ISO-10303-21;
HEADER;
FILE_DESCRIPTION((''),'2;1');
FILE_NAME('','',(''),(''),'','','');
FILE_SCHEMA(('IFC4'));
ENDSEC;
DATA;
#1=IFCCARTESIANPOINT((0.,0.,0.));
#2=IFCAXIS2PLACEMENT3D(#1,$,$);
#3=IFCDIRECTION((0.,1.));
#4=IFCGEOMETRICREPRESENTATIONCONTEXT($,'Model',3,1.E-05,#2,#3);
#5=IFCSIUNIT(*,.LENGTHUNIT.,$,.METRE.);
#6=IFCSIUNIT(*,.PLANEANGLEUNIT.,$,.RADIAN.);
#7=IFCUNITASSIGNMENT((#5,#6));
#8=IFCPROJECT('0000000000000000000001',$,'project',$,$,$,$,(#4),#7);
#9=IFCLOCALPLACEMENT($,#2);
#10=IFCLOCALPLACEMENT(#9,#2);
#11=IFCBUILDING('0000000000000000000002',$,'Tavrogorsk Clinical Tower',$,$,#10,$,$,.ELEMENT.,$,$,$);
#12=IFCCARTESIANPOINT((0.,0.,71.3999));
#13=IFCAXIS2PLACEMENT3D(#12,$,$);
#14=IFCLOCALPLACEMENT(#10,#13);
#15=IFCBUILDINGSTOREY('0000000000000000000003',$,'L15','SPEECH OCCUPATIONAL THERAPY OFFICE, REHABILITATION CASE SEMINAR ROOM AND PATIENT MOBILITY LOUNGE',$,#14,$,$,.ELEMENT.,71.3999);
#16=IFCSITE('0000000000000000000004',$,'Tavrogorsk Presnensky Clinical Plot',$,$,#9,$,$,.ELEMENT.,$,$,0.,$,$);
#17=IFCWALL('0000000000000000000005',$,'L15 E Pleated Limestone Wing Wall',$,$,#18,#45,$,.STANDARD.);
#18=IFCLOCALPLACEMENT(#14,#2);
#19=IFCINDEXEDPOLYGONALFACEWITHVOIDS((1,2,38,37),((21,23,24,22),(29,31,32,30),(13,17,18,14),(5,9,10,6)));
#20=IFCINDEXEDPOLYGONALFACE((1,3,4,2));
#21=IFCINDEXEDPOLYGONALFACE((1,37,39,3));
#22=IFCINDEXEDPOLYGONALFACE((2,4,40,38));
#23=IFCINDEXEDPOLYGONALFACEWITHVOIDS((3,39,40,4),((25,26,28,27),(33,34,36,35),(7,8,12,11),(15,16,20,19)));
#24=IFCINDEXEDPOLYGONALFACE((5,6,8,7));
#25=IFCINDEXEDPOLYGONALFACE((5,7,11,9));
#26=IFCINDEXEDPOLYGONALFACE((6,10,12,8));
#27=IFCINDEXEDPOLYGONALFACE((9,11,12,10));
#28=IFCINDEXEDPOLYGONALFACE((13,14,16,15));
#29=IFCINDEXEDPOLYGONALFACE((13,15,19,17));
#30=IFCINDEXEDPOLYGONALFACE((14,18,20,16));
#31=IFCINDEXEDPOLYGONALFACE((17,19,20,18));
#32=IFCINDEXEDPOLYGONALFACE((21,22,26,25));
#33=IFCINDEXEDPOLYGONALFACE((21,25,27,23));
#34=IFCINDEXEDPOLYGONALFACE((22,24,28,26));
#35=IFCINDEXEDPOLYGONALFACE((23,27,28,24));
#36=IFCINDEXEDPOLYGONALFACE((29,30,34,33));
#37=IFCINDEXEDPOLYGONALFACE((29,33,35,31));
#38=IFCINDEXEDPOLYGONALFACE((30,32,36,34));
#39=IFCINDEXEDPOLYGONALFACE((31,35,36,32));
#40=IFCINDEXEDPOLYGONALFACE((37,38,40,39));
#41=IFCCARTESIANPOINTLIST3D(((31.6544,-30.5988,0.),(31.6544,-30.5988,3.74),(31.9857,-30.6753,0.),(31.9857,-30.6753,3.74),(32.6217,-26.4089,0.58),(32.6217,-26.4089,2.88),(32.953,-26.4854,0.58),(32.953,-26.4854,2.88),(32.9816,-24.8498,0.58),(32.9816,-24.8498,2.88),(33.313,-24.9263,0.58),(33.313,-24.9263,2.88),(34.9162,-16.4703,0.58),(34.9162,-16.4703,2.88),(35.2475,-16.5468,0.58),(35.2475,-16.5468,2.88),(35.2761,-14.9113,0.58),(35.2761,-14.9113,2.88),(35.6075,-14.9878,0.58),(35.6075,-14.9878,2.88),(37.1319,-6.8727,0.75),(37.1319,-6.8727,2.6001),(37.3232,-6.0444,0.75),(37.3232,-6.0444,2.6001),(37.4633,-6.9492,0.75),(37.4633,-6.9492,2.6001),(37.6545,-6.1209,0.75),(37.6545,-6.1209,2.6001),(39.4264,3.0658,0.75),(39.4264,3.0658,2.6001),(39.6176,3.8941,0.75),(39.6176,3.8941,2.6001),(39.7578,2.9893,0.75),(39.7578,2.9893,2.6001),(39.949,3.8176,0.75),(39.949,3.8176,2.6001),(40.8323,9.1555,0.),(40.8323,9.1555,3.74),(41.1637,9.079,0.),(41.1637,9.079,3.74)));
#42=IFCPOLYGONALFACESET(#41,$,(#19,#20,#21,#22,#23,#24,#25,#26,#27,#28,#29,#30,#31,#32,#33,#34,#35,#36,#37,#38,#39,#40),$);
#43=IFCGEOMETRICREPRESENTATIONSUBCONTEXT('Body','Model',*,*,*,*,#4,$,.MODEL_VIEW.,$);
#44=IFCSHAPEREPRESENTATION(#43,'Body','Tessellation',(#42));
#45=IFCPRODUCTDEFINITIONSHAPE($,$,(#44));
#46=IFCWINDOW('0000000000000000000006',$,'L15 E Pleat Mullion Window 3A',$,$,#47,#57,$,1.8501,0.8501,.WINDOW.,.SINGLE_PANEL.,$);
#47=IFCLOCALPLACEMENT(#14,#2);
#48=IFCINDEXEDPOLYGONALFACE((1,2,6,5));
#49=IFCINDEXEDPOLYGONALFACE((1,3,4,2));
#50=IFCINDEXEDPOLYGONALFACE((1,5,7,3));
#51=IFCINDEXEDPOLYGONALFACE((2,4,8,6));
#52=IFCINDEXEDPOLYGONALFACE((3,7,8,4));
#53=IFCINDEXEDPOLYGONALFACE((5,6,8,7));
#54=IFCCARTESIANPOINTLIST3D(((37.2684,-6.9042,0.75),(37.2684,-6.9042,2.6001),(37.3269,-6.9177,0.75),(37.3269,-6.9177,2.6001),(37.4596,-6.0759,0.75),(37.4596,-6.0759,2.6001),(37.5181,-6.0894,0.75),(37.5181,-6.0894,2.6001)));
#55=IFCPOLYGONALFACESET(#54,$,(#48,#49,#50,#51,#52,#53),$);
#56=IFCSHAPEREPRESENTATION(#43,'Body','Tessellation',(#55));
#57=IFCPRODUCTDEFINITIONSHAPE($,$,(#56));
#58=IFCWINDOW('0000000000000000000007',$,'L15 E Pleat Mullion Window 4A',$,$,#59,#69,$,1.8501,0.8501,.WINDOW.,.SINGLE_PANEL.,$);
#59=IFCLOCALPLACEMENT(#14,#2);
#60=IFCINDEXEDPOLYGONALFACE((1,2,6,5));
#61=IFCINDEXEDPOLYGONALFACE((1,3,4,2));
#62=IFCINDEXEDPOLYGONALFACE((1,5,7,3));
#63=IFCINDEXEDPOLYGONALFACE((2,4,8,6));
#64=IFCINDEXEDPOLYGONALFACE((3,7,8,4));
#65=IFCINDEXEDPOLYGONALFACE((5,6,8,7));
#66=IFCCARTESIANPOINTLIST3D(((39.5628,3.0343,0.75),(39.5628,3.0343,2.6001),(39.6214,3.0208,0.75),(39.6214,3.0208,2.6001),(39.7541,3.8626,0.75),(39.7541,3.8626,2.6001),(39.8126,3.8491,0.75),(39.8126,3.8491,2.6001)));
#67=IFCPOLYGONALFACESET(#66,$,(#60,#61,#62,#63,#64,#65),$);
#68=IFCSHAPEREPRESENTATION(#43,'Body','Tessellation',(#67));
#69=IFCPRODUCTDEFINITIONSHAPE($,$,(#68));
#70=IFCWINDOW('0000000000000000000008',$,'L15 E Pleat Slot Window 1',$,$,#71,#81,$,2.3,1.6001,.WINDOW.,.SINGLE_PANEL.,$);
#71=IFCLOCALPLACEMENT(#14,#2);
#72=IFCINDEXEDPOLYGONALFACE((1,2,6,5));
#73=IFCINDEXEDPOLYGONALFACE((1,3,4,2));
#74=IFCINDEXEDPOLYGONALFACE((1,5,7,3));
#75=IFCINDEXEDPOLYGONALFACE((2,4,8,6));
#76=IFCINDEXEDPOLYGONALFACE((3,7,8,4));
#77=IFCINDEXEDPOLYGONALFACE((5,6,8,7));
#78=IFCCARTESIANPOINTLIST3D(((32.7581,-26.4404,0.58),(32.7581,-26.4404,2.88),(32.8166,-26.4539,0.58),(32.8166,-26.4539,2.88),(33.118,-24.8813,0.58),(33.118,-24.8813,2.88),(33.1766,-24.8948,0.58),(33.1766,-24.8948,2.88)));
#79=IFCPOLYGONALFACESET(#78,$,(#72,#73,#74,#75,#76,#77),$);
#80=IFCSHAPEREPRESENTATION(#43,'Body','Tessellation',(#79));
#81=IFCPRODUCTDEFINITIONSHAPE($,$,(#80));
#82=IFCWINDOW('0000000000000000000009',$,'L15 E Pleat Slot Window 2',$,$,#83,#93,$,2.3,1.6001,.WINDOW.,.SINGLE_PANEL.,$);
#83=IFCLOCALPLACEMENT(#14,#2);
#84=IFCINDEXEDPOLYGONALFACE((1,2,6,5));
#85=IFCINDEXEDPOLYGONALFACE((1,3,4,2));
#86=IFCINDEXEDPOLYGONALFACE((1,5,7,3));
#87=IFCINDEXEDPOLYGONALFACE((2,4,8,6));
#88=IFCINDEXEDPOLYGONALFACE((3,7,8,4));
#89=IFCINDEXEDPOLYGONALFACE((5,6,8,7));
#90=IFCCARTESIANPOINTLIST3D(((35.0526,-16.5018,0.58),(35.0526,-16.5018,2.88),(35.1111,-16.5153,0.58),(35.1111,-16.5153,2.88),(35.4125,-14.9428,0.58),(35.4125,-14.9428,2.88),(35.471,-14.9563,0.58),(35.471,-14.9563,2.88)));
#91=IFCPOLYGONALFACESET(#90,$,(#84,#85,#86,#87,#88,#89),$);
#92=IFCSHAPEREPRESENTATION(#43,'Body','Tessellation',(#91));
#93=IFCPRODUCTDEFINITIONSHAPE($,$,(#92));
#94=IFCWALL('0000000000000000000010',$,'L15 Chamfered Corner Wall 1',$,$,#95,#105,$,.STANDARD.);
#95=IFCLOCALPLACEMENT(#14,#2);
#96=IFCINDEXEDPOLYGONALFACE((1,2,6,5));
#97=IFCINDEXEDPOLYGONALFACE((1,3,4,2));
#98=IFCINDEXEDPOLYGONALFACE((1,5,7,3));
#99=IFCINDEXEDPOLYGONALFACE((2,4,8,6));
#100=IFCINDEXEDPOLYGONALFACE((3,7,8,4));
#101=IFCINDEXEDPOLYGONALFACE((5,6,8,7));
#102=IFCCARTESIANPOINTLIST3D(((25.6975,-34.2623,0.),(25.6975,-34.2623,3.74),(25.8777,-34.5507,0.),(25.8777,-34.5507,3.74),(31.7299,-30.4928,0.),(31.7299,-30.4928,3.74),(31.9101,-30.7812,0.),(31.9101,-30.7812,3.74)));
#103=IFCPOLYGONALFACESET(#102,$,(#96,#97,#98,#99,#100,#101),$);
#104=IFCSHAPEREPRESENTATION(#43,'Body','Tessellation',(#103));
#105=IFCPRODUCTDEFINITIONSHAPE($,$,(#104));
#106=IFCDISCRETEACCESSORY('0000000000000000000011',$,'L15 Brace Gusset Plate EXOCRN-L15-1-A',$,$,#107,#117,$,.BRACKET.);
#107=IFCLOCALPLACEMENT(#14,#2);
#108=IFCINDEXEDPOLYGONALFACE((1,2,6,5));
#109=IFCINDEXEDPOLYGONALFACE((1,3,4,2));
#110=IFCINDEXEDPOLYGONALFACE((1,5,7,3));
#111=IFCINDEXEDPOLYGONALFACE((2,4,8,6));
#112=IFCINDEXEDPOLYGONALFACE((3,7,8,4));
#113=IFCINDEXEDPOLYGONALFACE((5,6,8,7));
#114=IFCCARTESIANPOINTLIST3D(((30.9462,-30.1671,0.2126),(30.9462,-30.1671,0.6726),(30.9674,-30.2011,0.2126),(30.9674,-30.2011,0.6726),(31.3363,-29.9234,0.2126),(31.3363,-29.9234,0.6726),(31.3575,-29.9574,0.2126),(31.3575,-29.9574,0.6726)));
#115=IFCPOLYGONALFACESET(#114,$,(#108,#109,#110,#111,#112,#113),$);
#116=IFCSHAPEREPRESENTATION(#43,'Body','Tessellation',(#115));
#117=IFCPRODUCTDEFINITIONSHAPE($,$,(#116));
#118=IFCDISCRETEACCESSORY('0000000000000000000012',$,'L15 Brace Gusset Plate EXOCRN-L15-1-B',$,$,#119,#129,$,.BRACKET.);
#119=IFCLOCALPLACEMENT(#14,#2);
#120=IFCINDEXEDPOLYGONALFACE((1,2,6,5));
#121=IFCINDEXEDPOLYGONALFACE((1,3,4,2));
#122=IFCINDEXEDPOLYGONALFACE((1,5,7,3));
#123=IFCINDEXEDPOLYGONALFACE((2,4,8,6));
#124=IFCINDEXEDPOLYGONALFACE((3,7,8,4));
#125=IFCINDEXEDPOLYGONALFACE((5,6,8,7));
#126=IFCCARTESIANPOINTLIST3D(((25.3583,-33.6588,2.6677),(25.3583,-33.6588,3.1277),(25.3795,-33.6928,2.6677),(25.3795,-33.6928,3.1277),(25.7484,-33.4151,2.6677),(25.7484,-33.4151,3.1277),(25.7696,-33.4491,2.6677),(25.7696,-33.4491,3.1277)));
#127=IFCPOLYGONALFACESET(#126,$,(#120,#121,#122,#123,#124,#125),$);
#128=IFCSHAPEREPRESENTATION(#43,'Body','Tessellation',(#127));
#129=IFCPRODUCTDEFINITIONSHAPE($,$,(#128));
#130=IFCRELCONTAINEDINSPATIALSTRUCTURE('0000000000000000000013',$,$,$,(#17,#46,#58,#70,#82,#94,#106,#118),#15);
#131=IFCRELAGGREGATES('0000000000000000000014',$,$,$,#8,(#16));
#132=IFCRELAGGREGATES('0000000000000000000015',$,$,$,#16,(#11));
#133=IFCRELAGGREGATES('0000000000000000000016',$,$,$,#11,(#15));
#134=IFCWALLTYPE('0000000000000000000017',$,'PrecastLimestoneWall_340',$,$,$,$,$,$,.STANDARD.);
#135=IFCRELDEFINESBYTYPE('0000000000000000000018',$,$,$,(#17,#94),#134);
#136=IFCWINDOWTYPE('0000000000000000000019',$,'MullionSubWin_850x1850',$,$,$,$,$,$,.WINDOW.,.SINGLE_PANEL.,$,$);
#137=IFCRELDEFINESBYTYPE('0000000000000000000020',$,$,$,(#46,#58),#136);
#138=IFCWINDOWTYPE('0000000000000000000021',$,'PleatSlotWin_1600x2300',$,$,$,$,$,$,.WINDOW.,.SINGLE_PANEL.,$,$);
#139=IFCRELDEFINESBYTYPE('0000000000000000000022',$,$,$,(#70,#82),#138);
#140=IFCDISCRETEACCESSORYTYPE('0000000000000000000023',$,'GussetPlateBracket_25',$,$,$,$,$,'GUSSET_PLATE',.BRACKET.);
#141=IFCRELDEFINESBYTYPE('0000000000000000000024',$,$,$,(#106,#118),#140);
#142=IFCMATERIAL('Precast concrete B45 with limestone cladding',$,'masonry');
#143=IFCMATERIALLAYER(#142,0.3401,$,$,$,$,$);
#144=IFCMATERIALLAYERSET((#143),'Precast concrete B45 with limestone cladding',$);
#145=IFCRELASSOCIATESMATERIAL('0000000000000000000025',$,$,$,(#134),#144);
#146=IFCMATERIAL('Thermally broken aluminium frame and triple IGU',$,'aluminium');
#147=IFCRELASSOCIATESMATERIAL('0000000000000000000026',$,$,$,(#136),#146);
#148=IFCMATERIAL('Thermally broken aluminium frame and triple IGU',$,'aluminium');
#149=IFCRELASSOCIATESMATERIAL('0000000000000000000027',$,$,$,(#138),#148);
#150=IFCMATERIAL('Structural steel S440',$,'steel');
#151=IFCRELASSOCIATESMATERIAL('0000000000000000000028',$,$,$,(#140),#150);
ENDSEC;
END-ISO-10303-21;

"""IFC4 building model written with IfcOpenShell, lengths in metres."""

from ifc_helpers import new_model, si_unit, direction, frame, frame_2d, origin, origin_2d, place, context, subcontext, project, spatial, rectangle, extrude, material, layer, layer_set, type_object, element, fill, save


model = new_model("IFC4")

# Units and contexts
model_context = context("Model", 3, precision=1e-05, world=origin(), true_north=direction((0.0, 1.0)))
body_context = subcontext(model_context, "Body", "Model", "MODEL_VIEW")
ifc_project = project(units=[si_unit("LENGTHUNIT", "METRE"), si_unit("PLANEANGLEUNIT", "RADIAN")], contexts=[model_context])

# Site, building, storey
site_placement = place(None, origin())
site = spatial("IfcSite", under=ifc_project, at=site_placement, Name="Tavrogorsk Presnensky Clinical Plot", CompositionType="ELEMENT", RefElevation=0.0)
building_placement = place(site_placement, origin())
building = spatial("IfcBuilding", under=site, at=building_placement, Name="Tavrogorsk Clinical Tower", CompositionType="ELEMENT")
storey_placement = place(building_placement, frame((0.0, 0.0, 71.3999)))
storey = spatial("IfcBuildingStorey", under=building, at=storey_placement, Name="L15", Description="SPEECH OCCUPATIONAL THERAPY OFFICE, REHABILITATION CASE SEMINAR ROOM AND PATIENT MOBILITY LOUNGE", CompositionType="ELEMENT", Elevation=71.3999)

# Wall, openings, windows
ifc_material_1 = material(Name="Precast concrete B45 with limestone cladding", Category="masonry")
ifc_layer_1 = layer(ifc_material_1, 0.3401)
ifc_layer_set_1 = layer_set([ifc_layer_1], Name="Precast concrete B45 with limestone cladding")
wall_type_1 = type_object("IfcWallType", Name="PrecastLimestoneWall_340", PredefinedType="STANDARD", material=ifc_layer_set_1)
wall_1_placement = place(storey_placement, frame((31.8201, -30.637, 0.0), z_axis=(0.0, 0.0, 1.0), x_axis=(0.22495, 0.97437, 0.0)))
wall_1 = element("IfcWall", 1, at=wall_1_placement, inside=storey, type_object=wall_type_1, Name="L15 E Pleated Limestone Wing Wall", PredefinedType="STANDARD", context=body_context, shape_type="SweptSolid", body=[
    extrude(rectangle(XDim=40.8, YDim=0.3401, at=frame_2d((20.3999, 0.0))), origin(), (0.0, 0.0, 1.0), 3.74),
])
opening_1_placement = place(wall_1_placement, frame((4.3, 0.0, 0.5801)))
opening_1 = element("IfcOpeningElement", 2, at=opening_1_placement, cuts=wall_1, PredefinedType="OPENING", context=body_context, shape_type="SweptSolid", body=[
    extrude(rectangle(XDim=1.6001, YDim=2.3, at=frame_2d((0.8, 1.1499))), frame((0.0, 0.1799, 0.0), z_axis=(0.0, -1.0, 0.0), x_axis=(1.0, 0.0, 0.0)), (0.0, 0.0, 1.0), 0.3601),
])
opening_2_placement = place(wall_1_placement, frame((14.5, 0.0, 0.5801)))
opening_2 = element("IfcOpeningElement", 3, at=opening_2_placement, cuts=wall_1, PredefinedType="OPENING", context=body_context, shape_type="SweptSolid", body=[
    extrude(rectangle(XDim=1.6001, YDim=2.3, at=frame_2d((0.8, 1.1499))), frame((0.0, 0.1799, 0.0), z_axis=(0.0, -1.0, 0.0), x_axis=(1.0, 0.0, 0.0)), (0.0, 0.0, 1.0), 0.3601),
])
opening_3_placement = place(wall_1_placement, frame((24.3501, 0.0, 0.75)))
opening_3 = element("IfcOpeningElement", 4, at=opening_3_placement, cuts=wall_1, PredefinedType="OPENING", context=body_context, shape_type="SweptSolid", body=[
    extrude(rectangle(XDim=0.8501, YDim=1.8501, at=frame_2d((0.425, 0.925))), frame((0.0, 0.1799, 0.0), z_axis=(0.0, -1.0, 0.0), x_axis=(1.0, 0.0, 0.0)), (0.0, 0.0, 1.0), 0.3601),
])
opening_4_placement = place(wall_1_placement, frame((34.55, 0.0, 0.75)))
opening_4 = element("IfcOpeningElement", 5, at=opening_4_placement, cuts=wall_1, PredefinedType="OPENING", context=body_context, shape_type="SweptSolid", body=[
    extrude(rectangle(XDim=0.8501, YDim=1.8501, at=frame_2d((0.425, 0.925))), frame((0.0, 0.1799, 0.0), z_axis=(0.0, -1.0, 0.0), x_axis=(1.0, 0.0, 0.0)), (0.0, 0.0, 1.0), 0.3601),
])
ifc_material_2 = material(Name="Thermally broken aluminium frame and triple IGU", Category="aluminium")
window_type_1 = type_object("IfcWindowType", Name="MullionSubWin_850x1850", PartitioningType="SINGLE_PANEL", PredefinedType="WINDOW", material=ifc_material_2)
window_1_placement = place(opening_3_placement, origin())
window_1 = element("IfcWindow", 6, at=window_1_placement, inside=storey, type_object=window_type_1, Name="L15 E Pleat Mullion Window 3A", OverallHeight=1.8501, OverallWidth=0.8501, PartitioningType="SINGLE_PANEL", PredefinedType="WINDOW", context=body_context, shape_type="SweptSolid", body=[
    extrude(rectangle(XDim=0.8501, YDim=1.8501, at=frame_2d((0.425, 0.925))), frame((0.0, 0.03, 0.0), z_axis=(0.0, -1.0, 0.0), x_axis=(1.0, 0.0, 0.0)), (0.0, 0.0, 1.0), 0.0601),
])
fill(opening_3, window_1)
window_2_placement = place(opening_4_placement, origin())
window_2 = element("IfcWindow", 7, at=window_2_placement, inside=storey, type_object=window_type_1, Name="L15 E Pleat Mullion Window 4A", OverallHeight=1.8501, OverallWidth=0.8501, PartitioningType="SINGLE_PANEL", PredefinedType="WINDOW", context=body_context, shape_type="SweptSolid", body=[
    extrude(rectangle(XDim=0.8501, YDim=1.8501, at=frame_2d((0.425, 0.925))), frame((0.0, 0.03, 0.0), z_axis=(0.0, -1.0, 0.0), x_axis=(1.0, 0.0, 0.0)), (0.0, 0.0, 1.0), 0.0601),
])
fill(opening_4, window_2)
ifc_material_3 = material(Name="Thermally broken aluminium frame and triple IGU", Category="aluminium")
window_type_2 = type_object("IfcWindowType", Name="PleatSlotWin_1600x2300", PartitioningType="SINGLE_PANEL", PredefinedType="WINDOW", material=ifc_material_3)
window_3_placement = place(opening_1_placement, origin())
window_3 = element("IfcWindow", 8, at=window_3_placement, inside=storey, type_object=window_type_2, Name="L15 E Pleat Slot Window 1", OverallHeight=2.3, OverallWidth=1.6001, PartitioningType="SINGLE_PANEL", PredefinedType="WINDOW", context=body_context, shape_type="SweptSolid", body=[
    extrude(rectangle(XDim=1.6001, YDim=2.3, at=frame_2d((0.8, 1.1499))), frame((0.0, 0.03, 0.0), z_axis=(0.0, -1.0, 0.0), x_axis=(1.0, 0.0, 0.0)), (0.0, 0.0, 1.0), 0.0601),
])
fill(opening_1, window_3)
window_4_placement = place(opening_2_placement, origin())
window_4 = element("IfcWindow", 9, at=window_4_placement, inside=storey, type_object=window_type_2, Name="L15 E Pleat Slot Window 2", OverallHeight=2.3, OverallWidth=1.6001, PartitioningType="SINGLE_PANEL", PredefinedType="WINDOW", context=body_context, shape_type="SweptSolid", body=[
    extrude(rectangle(XDim=1.6001, YDim=2.3, at=frame_2d((0.8, 1.1499))), frame((0.0, 0.03, 0.0), z_axis=(0.0, -1.0, 0.0), x_axis=(1.0, 0.0, 0.0)), (0.0, 0.0, 1.0), 0.0601),
])
fill(opening_2, window_4)

# Wall
wall_2_placement = place(storey_placement, frame((25.7876, -34.4065, 0.0), z_axis=(0.0, 0.0, 1.0), x_axis=(0.848047, 0.529922, 0.0)))
element("IfcWall", 10, at=wall_2_placement, inside=storey, type_object=wall_type_1, Name="L15 Chamfered Corner Wall 1", PredefinedType="STANDARD", context=body_context, shape_type="SweptSolid", body=[
    extrude(rectangle(XDim=7.1133, YDim=0.3401, at=frame_2d((3.5566, 0.0))), origin(), (0.0, 0.0, 1.0), 3.74),
])

# Discrete accessories
ifc_material_4 = material(Name="Structural steel S440", Category="steel")
discrete_accessory_type = type_object("IfcDiscreteAccessoryType", Name="GussetPlateBracket_25", ElementType="GUSSET_PLATE", PredefinedType="BRACKET", material=ifc_material_4)
for number, where, z_axis, x_axis, name in (
    (11, (31.1519, -30.0623, 0.2126), (0.0, 0.0, 1.0), (-0.848048, -0.529919, 0.0), "L15 Brace Gusset Plate EXOCRN-L15-1-A"),
    (12, (25.564, -33.554, 2.6677), (0.0, 0.0, 1.0), (-0.848048, -0.529919, 0.0), "L15 Brace Gusset Plate EXOCRN-L15-1-B"),
):
    element("IfcDiscreteAccessory", number, at=place(storey_placement, frame(where, z_axis=z_axis, x_axis=x_axis)), inside=storey, type_object=discrete_accessory_type, Name=name, PredefinedType="BRACKET", context=body_context, shape_type="SweptSolid", body=[
        extrude(rectangle(XDim=0.46, YDim=0.04, at=origin_2d()), origin(), (0.0, 0.0, 1.0), 0.46),
    ])

save(model, "model.ifc")
